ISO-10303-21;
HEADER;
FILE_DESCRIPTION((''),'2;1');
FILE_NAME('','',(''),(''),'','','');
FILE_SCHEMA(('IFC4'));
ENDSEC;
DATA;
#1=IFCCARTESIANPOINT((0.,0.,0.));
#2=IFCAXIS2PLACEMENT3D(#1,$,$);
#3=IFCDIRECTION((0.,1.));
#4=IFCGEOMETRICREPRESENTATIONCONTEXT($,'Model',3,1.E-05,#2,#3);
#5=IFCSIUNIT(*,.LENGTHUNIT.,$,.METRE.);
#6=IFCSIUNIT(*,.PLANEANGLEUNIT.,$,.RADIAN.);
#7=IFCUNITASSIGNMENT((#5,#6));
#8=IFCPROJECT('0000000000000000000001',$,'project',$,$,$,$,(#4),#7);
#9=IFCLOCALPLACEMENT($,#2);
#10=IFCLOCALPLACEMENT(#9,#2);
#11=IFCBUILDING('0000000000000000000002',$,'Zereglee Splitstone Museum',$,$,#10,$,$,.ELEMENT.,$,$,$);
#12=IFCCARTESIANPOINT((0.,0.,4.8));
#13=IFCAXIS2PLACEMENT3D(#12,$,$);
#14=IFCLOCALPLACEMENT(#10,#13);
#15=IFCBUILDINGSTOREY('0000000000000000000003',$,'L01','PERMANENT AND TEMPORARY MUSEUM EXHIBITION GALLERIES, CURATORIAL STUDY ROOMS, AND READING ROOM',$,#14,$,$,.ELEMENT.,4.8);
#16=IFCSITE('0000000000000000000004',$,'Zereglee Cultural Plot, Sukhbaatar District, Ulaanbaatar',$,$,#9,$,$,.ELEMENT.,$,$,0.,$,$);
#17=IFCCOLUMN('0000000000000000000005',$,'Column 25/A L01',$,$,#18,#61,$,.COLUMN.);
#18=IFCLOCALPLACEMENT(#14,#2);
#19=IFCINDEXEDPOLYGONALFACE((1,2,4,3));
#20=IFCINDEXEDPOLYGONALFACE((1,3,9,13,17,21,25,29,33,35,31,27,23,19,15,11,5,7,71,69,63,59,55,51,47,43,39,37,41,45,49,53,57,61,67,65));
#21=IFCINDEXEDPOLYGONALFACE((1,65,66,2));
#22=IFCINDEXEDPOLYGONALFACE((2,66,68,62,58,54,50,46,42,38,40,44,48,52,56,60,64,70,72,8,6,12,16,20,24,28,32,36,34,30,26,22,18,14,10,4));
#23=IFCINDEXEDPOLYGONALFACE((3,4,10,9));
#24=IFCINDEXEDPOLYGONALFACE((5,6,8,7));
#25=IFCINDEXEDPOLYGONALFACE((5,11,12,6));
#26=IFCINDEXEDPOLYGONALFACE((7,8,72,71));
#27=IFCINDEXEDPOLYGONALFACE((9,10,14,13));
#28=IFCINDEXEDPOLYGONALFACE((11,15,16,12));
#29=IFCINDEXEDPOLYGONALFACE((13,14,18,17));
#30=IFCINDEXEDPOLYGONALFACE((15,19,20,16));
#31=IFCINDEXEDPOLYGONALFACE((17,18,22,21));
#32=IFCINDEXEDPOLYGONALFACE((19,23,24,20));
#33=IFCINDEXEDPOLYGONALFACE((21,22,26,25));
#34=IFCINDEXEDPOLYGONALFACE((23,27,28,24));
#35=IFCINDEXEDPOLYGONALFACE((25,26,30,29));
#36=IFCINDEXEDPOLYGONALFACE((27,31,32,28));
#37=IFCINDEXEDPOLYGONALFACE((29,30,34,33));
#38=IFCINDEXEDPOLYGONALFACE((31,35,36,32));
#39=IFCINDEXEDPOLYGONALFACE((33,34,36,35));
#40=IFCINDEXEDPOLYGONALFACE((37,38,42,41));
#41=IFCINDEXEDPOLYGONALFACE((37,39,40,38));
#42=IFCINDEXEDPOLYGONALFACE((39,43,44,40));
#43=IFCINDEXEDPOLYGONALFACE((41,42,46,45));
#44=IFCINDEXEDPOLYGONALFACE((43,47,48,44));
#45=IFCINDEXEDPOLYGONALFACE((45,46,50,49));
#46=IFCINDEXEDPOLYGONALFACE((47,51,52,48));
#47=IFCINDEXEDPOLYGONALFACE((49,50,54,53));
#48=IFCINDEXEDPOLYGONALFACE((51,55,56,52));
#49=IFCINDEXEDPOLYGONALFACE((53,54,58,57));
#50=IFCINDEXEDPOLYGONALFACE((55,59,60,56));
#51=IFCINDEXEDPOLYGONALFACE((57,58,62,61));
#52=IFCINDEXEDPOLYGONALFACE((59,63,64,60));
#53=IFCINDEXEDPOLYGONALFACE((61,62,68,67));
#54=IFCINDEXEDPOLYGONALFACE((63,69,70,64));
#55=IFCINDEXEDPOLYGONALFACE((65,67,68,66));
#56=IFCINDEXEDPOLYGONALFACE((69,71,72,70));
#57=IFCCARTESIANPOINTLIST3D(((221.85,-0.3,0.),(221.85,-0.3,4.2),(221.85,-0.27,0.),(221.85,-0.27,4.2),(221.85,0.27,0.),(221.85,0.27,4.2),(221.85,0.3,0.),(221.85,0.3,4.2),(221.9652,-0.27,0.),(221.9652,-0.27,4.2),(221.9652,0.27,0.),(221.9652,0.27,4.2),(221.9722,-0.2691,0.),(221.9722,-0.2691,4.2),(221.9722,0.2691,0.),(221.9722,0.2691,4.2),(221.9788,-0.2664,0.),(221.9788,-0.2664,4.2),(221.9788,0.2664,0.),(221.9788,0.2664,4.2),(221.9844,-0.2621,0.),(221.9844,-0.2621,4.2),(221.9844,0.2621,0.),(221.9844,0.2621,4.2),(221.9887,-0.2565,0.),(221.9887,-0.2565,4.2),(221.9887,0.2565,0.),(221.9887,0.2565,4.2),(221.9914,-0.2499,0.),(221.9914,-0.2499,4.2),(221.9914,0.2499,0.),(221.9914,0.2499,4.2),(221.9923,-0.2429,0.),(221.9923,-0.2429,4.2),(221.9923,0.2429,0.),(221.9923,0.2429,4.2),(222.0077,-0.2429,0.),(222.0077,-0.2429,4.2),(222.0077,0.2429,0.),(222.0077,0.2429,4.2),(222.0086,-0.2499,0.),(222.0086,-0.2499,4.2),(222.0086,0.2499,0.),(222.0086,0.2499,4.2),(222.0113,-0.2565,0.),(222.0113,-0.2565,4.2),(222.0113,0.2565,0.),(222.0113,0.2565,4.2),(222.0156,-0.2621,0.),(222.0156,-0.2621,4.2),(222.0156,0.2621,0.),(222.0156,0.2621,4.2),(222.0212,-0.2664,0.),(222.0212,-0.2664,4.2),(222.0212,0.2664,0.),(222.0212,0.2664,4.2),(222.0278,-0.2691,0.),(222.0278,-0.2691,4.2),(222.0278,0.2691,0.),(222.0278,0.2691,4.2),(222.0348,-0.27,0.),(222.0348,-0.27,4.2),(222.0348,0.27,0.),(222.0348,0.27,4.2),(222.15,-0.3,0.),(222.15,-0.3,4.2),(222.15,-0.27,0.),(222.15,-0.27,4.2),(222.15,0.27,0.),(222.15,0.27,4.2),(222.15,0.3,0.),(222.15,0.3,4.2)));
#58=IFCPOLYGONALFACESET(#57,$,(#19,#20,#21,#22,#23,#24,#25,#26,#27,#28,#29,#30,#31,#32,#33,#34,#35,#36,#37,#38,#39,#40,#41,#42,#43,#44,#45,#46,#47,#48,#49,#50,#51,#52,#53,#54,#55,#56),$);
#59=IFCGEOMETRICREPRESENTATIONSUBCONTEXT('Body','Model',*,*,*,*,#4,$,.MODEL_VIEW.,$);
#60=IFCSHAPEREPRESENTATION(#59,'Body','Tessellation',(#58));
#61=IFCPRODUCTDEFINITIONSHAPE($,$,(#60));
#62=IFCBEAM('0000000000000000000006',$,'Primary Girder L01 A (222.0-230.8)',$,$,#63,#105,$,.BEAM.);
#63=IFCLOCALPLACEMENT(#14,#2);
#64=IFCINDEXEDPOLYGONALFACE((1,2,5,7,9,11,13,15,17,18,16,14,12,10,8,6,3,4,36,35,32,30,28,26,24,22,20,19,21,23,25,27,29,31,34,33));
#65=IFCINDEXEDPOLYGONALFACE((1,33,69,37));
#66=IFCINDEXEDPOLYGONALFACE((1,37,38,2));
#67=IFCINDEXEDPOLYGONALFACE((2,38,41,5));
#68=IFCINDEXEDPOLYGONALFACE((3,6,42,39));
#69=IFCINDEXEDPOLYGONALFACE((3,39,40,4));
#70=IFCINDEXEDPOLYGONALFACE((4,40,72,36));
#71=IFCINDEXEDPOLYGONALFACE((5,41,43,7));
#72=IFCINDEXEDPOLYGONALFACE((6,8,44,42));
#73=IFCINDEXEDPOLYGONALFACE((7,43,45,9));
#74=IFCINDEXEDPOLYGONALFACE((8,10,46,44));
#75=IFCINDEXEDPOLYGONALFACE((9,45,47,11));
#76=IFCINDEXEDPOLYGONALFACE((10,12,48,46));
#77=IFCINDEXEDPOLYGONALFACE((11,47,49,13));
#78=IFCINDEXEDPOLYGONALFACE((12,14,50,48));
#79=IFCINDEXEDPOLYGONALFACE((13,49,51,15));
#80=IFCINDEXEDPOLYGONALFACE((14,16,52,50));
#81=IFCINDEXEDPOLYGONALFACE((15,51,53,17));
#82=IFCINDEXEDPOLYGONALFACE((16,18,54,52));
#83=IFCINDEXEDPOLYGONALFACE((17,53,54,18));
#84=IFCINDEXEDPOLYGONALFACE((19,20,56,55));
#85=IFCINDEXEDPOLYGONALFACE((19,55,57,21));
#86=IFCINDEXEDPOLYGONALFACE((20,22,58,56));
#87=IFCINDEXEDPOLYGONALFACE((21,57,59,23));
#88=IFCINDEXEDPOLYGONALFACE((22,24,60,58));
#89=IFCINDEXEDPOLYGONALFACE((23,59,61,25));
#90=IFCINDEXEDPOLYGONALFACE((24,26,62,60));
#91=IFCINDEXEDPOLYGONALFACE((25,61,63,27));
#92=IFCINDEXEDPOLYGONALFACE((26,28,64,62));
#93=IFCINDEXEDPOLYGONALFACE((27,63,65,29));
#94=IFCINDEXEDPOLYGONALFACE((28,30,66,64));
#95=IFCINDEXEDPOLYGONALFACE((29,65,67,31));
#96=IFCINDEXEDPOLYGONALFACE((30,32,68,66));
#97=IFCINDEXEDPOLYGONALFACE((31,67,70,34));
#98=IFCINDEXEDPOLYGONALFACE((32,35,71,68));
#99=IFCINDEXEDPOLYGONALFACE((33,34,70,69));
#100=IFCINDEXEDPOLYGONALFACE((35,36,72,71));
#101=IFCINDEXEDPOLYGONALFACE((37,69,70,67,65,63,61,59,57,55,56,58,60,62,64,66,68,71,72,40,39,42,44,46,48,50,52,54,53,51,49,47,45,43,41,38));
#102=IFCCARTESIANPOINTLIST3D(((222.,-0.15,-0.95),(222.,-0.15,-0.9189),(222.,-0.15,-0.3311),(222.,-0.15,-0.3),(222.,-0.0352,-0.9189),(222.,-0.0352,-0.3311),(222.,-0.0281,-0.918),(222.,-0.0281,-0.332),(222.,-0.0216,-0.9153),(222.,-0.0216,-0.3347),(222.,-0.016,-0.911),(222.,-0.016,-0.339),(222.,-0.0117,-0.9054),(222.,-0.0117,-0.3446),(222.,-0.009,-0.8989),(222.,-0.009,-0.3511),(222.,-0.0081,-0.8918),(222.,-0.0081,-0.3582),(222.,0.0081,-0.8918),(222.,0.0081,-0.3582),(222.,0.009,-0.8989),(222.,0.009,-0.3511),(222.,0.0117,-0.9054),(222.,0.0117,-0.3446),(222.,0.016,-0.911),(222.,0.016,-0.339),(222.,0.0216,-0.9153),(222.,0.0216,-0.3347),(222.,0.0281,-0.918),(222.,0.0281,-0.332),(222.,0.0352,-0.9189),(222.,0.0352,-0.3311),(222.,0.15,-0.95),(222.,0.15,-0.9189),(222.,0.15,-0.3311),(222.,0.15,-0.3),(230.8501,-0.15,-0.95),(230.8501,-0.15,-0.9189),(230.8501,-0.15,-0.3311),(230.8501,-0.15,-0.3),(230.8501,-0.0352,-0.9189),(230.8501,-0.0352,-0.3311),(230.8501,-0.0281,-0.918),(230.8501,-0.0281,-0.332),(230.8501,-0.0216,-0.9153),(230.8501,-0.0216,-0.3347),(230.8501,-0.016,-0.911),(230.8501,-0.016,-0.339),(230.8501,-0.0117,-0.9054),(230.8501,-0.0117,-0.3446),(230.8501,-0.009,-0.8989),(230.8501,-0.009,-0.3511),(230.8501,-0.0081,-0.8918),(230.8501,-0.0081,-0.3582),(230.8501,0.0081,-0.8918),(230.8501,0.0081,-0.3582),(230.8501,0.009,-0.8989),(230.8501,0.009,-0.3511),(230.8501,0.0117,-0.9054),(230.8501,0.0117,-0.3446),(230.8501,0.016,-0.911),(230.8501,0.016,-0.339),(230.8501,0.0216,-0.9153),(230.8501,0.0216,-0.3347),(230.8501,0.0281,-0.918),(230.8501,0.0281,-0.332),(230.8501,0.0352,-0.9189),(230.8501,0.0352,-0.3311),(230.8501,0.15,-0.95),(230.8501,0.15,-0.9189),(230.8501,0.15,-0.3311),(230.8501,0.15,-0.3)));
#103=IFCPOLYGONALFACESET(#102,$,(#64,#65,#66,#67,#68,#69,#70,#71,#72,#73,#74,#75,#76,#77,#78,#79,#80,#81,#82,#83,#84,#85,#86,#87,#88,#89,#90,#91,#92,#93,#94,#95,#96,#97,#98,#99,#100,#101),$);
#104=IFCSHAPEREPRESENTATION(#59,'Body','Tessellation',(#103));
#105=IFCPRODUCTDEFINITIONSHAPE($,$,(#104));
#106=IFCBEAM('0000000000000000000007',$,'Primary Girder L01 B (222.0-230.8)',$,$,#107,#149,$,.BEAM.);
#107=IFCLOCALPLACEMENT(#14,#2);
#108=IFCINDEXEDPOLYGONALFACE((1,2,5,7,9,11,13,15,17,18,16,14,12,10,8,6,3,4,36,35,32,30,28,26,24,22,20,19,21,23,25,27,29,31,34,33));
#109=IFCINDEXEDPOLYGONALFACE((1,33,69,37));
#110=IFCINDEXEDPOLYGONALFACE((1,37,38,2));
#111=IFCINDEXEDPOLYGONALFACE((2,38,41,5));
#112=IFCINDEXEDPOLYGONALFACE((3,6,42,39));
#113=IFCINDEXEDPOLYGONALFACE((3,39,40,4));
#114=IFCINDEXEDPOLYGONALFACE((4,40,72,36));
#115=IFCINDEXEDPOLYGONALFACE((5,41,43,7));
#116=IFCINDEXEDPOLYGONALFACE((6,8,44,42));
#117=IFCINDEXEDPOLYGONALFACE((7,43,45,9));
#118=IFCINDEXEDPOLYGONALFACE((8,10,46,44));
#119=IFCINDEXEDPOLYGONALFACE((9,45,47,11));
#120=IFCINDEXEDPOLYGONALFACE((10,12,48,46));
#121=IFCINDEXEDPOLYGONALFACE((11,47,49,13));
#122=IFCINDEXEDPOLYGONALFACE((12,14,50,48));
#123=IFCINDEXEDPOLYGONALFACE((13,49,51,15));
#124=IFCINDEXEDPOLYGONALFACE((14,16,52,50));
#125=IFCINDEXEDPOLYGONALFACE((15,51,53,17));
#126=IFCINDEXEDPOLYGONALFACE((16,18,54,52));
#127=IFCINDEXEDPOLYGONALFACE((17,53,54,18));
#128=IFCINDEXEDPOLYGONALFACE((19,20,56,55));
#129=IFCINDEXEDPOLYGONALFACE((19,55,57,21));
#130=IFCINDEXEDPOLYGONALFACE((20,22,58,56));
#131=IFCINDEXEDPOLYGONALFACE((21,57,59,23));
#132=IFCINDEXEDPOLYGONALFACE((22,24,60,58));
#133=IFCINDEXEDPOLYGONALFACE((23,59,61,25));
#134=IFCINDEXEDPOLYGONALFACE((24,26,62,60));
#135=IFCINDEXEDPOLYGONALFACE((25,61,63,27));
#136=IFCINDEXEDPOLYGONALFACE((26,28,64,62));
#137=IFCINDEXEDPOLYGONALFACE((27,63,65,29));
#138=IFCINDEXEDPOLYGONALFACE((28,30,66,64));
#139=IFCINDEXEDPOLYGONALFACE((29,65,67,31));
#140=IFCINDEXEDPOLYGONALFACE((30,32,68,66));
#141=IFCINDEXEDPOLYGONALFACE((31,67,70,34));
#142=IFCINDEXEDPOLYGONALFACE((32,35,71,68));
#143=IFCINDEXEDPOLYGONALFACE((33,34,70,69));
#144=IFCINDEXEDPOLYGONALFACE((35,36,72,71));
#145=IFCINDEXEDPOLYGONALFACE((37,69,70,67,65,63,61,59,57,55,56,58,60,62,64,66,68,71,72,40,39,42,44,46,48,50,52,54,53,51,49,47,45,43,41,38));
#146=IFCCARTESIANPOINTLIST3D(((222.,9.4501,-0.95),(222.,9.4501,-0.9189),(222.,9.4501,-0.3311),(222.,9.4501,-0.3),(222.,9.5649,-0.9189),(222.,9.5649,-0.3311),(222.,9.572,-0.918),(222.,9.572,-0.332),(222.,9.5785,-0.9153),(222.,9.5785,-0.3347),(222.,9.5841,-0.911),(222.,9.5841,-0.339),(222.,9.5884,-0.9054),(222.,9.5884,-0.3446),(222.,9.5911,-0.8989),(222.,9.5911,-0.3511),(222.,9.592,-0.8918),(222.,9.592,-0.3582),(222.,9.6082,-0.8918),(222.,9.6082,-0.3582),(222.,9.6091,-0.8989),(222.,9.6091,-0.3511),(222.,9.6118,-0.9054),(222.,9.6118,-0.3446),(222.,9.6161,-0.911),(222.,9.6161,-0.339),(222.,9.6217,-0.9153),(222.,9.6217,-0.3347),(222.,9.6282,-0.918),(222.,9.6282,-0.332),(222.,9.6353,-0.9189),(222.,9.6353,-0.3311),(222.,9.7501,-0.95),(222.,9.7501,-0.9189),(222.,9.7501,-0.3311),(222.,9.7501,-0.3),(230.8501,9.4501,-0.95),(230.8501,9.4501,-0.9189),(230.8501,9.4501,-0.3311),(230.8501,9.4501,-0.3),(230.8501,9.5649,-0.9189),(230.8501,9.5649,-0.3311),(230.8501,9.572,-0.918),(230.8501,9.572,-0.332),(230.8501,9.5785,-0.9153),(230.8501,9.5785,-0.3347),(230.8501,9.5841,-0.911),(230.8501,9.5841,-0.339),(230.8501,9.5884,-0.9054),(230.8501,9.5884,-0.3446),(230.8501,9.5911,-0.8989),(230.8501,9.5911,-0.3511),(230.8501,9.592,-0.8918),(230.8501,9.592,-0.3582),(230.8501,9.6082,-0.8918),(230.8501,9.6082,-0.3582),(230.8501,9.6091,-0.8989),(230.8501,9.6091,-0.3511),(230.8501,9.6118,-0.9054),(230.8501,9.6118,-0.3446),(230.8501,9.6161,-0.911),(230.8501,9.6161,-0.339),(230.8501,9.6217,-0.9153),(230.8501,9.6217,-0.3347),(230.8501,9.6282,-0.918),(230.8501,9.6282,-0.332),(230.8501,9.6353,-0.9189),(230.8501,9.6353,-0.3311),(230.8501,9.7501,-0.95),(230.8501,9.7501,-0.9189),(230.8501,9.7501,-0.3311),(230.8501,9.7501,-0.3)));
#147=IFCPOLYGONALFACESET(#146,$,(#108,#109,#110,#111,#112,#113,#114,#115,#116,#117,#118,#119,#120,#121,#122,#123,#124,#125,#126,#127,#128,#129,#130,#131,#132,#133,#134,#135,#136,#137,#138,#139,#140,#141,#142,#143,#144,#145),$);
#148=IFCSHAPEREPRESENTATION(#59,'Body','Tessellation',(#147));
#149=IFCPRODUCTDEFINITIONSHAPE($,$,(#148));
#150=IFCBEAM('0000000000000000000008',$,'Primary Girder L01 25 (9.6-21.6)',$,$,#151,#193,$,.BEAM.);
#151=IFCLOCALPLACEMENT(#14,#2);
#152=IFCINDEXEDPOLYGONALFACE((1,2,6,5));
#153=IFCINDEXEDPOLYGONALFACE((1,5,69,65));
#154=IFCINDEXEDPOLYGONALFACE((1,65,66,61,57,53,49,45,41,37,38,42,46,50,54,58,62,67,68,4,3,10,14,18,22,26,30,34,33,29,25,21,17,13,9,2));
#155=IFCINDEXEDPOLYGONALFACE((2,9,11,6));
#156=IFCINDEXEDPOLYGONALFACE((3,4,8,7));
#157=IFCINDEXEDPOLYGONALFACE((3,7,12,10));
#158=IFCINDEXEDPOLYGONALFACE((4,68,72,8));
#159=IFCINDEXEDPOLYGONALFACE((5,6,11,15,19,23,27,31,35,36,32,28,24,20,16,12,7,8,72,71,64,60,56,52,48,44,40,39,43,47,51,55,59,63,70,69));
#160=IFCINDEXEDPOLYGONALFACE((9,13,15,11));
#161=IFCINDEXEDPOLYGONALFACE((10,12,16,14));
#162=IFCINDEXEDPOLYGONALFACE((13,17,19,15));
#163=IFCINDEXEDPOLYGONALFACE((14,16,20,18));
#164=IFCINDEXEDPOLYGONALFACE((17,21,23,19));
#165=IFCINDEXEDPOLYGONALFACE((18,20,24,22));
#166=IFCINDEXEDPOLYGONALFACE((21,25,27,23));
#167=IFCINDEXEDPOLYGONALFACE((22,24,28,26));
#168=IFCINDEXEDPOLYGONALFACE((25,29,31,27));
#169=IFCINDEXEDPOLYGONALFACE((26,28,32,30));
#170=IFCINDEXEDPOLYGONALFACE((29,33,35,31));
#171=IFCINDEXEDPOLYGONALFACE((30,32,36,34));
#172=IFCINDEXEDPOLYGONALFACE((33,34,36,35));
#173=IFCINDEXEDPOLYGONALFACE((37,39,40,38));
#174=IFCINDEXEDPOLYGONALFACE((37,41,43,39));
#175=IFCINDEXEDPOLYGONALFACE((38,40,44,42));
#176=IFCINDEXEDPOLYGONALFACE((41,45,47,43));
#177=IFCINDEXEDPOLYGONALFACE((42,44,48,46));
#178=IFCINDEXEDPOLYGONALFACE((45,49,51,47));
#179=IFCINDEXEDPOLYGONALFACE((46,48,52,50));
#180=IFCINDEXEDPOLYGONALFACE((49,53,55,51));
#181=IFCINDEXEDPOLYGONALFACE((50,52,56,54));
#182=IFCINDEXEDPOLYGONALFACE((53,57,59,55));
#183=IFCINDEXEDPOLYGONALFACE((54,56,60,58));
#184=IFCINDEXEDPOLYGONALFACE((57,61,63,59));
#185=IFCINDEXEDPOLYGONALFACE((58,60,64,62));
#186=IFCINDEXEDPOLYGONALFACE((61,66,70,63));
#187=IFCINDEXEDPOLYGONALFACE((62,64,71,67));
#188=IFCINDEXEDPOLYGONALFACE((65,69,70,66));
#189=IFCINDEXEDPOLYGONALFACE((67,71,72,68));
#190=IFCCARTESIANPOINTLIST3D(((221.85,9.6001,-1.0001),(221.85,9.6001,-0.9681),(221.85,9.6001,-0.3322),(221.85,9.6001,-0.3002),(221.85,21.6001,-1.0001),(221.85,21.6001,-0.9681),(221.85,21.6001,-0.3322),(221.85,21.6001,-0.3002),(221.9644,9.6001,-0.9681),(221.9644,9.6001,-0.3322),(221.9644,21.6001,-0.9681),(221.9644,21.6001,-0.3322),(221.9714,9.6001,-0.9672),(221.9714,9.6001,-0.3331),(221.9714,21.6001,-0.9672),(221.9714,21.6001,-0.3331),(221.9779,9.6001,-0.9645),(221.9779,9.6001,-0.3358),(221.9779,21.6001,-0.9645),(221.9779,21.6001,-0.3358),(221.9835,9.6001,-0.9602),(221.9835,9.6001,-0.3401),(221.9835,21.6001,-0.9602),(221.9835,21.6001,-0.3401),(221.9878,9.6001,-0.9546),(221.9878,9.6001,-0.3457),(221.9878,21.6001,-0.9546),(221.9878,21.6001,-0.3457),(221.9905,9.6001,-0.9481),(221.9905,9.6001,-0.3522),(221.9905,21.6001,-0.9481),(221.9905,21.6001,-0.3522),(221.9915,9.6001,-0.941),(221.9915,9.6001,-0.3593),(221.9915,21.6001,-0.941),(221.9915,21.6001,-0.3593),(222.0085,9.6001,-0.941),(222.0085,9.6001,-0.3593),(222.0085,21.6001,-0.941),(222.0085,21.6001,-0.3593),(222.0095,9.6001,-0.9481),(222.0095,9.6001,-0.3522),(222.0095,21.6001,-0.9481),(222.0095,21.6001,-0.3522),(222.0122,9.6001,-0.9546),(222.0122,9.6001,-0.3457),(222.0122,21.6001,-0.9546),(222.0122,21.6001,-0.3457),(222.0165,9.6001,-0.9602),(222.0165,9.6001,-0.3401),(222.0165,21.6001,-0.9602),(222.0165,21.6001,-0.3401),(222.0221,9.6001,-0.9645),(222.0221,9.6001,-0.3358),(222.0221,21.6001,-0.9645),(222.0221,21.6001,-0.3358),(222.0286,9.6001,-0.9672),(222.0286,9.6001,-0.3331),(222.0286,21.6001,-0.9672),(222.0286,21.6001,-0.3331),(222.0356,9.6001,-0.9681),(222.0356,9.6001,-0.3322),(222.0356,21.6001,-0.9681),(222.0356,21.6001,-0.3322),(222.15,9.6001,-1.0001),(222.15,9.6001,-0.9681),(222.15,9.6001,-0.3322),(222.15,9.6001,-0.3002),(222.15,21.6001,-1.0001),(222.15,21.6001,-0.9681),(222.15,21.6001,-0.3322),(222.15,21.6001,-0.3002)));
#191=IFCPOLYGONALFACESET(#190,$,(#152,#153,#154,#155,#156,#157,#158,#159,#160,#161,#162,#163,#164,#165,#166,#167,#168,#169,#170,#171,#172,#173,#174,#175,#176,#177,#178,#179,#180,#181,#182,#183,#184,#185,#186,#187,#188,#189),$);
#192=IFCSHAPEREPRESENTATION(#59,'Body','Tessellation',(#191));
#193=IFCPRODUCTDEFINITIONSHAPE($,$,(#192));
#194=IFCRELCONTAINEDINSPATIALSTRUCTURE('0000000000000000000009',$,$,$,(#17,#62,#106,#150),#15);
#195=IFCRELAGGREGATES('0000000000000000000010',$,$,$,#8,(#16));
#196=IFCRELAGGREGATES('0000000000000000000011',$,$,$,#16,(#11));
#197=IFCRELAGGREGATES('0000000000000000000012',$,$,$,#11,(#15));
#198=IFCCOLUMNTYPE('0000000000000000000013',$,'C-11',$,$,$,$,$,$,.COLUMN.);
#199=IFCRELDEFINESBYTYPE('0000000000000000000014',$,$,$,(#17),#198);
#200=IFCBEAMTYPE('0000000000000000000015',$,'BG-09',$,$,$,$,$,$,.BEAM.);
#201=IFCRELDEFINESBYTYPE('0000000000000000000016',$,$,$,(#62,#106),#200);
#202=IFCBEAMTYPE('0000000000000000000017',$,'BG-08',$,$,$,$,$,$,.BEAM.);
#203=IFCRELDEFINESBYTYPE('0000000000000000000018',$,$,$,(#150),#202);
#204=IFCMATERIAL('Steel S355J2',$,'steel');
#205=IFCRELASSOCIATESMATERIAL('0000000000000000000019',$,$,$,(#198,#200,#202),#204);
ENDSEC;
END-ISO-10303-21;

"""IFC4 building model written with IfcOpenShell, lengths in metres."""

from ifc_helpers import new_model, si_unit, direction, frame, origin, origin_2d, place, context, subcontext, project, spatial, i_section, extrude, material, material_profile, profile_set, type_object, element, save


model = new_model("IFC4")

# Units and contexts
model_context = context("Model", 3, precision=1e-05, world=origin(), true_north=direction((0.0, 1.0)))
body_context = subcontext(model_context, "Body", "Model", "MODEL_VIEW")
ifc_project = project(units=[si_unit("LENGTHUNIT", "METRE"), si_unit("PLANEANGLEUNIT", "RADIAN")], contexts=[model_context])

# Site, building, storey
site_placement = place(None, origin())
site = spatial("IfcSite", under=ifc_project, at=site_placement, Name="Zereglee Cultural Plot, Sukhbaatar District, Ulaanbaatar", CompositionType="ELEMENT", RefElevation=0.0)
building_placement = place(site_placement, origin())
building = spatial("IfcBuilding", under=site, at=building_placement, Name="Zereglee Splitstone Museum", CompositionType="ELEMENT")
storey_placement = place(building_placement, frame((0.0, 0.0, 4.8)))
storey = spatial("IfcBuildingStorey", under=building, at=storey_placement, Name="L01", Description="PERMANENT AND TEMPORARY MUSEUM EXHIBITION GALLERIES, CURATORIAL STUDY ROOMS, AND READING ROOM", CompositionType="ELEMENT", Elevation=4.8)

# Column
ifc_material_1 = material(Name="Steel S355J2", Category="steel")
ifc_material_profile_1 = material_profile(ifc_material_1, i_section(OverallWidth=0.3, OverallDepth=0.6001, WebThickness=0.0154, FlangeThickness=0.03, FilletRadius=0.0271, at=origin_2d()), Name="HE 600 B")
ifc_profile_set_1 = profile_set([ifc_material_profile_1], Name="Steel S355J2")
column_type_1 = type_object("IfcColumnType", Name="C-11", PredefinedType="COLUMN", material=ifc_profile_set_1)
column_1_placement = place(storey_placement, frame((222.0, 0.0, 0.0), z_axis=(0.0, 0.0, 1.0), x_axis=(1.0, 0.0, 0.0)))
element("IfcColumn", 1, at=column_1_placement, inside=storey, type_object=column_type_1, Name="Column 25/A L01", PredefinedType="COLUMN", context=body_context, shape_type="SweptSolid", body=[
    extrude(i_section(OverallWidth=0.3, OverallDepth=0.6001, WebThickness=0.0154, FlangeThickness=0.03, FilletRadius=0.0271, at=origin_2d()), origin(), (0.0, 0.0, 1.0), 4.2),
])

# Beams
ifc_material_profile_2 = material_profile(ifc_material_1, i_section(OverallWidth=0.3, OverallDepth=0.6499, WebThickness=0.0161, FlangeThickness=0.031, FilletRadius=0.0271, at=origin_2d()), Name="HE 650 B")
ifc_profile_set_2 = profile_set([ifc_material_profile_2], Name="Steel S355J2")
beam_type_1 = type_object("IfcBeamType", Name="BG-09", PredefinedType="BEAM", material=ifc_profile_set_2)
for number, where, z_axis, x_axis, name in (
    (2, (222.0, 0.0, -0.625), (1.0, 0.0, 0.0), (0.0, 1.0, 0.0), "Primary Girder L01 A (222.0-230.8)"),
    (3, (222.0, 9.6001, -0.625), (1.0, 0.0, 0.0), (0.0, 1.0, 0.0), "Primary Girder L01 B (222.0-230.8)"),
):
    element("IfcBeam", number, at=place(storey_placement, frame(where, z_axis=z_axis, x_axis=x_axis)), inside=storey, type_object=beam_type_1, Name=name, PredefinedType="BEAM", context=body_context, shape_type="SweptSolid", body=[
        extrude(i_section(OverallWidth=0.3, OverallDepth=0.6499, WebThickness=0.0161, FlangeThickness=0.031, FilletRadius=0.0271, at=origin_2d()), origin(), (0.0, 0.0, 1.0), 8.8501),
    ])
ifc_material_profile_3 = material_profile(ifc_material_1, i_section(OverallWidth=0.3, OverallDepth=0.7, WebThickness=0.0171, FlangeThickness=0.032, FilletRadius=0.0271, at=origin_2d()), Name="HE 700 B")
ifc_profile_set_3 = profile_set([ifc_material_profile_3], Name="Steel S355J2")
beam_type_2 = type_object("IfcBeamType", Name="BG-08", PredefinedType="BEAM", material=ifc_profile_set_3)
beam_1_placement = place(storey_placement, frame((222.0, 9.6001, -0.6501), z_axis=(0.0, 1.0, 0.0), x_axis=(-1.0, 0.0, 0.0)))
element("IfcBeam", 4, at=beam_1_placement, inside=storey, type_object=beam_type_2, Name="Primary Girder L01 25 (9.6-21.6)", PredefinedType="BEAM", context=body_context, shape_type="SweptSolid", body=[
    extrude(i_section(OverallWidth=0.3, OverallDepth=0.7, WebThickness=0.0171, FlangeThickness=0.032, FilletRadius=0.0271, at=origin_2d()), origin(), (0.0, 0.0, 1.0), 12.0),
])

save(model, "model.ifc")
